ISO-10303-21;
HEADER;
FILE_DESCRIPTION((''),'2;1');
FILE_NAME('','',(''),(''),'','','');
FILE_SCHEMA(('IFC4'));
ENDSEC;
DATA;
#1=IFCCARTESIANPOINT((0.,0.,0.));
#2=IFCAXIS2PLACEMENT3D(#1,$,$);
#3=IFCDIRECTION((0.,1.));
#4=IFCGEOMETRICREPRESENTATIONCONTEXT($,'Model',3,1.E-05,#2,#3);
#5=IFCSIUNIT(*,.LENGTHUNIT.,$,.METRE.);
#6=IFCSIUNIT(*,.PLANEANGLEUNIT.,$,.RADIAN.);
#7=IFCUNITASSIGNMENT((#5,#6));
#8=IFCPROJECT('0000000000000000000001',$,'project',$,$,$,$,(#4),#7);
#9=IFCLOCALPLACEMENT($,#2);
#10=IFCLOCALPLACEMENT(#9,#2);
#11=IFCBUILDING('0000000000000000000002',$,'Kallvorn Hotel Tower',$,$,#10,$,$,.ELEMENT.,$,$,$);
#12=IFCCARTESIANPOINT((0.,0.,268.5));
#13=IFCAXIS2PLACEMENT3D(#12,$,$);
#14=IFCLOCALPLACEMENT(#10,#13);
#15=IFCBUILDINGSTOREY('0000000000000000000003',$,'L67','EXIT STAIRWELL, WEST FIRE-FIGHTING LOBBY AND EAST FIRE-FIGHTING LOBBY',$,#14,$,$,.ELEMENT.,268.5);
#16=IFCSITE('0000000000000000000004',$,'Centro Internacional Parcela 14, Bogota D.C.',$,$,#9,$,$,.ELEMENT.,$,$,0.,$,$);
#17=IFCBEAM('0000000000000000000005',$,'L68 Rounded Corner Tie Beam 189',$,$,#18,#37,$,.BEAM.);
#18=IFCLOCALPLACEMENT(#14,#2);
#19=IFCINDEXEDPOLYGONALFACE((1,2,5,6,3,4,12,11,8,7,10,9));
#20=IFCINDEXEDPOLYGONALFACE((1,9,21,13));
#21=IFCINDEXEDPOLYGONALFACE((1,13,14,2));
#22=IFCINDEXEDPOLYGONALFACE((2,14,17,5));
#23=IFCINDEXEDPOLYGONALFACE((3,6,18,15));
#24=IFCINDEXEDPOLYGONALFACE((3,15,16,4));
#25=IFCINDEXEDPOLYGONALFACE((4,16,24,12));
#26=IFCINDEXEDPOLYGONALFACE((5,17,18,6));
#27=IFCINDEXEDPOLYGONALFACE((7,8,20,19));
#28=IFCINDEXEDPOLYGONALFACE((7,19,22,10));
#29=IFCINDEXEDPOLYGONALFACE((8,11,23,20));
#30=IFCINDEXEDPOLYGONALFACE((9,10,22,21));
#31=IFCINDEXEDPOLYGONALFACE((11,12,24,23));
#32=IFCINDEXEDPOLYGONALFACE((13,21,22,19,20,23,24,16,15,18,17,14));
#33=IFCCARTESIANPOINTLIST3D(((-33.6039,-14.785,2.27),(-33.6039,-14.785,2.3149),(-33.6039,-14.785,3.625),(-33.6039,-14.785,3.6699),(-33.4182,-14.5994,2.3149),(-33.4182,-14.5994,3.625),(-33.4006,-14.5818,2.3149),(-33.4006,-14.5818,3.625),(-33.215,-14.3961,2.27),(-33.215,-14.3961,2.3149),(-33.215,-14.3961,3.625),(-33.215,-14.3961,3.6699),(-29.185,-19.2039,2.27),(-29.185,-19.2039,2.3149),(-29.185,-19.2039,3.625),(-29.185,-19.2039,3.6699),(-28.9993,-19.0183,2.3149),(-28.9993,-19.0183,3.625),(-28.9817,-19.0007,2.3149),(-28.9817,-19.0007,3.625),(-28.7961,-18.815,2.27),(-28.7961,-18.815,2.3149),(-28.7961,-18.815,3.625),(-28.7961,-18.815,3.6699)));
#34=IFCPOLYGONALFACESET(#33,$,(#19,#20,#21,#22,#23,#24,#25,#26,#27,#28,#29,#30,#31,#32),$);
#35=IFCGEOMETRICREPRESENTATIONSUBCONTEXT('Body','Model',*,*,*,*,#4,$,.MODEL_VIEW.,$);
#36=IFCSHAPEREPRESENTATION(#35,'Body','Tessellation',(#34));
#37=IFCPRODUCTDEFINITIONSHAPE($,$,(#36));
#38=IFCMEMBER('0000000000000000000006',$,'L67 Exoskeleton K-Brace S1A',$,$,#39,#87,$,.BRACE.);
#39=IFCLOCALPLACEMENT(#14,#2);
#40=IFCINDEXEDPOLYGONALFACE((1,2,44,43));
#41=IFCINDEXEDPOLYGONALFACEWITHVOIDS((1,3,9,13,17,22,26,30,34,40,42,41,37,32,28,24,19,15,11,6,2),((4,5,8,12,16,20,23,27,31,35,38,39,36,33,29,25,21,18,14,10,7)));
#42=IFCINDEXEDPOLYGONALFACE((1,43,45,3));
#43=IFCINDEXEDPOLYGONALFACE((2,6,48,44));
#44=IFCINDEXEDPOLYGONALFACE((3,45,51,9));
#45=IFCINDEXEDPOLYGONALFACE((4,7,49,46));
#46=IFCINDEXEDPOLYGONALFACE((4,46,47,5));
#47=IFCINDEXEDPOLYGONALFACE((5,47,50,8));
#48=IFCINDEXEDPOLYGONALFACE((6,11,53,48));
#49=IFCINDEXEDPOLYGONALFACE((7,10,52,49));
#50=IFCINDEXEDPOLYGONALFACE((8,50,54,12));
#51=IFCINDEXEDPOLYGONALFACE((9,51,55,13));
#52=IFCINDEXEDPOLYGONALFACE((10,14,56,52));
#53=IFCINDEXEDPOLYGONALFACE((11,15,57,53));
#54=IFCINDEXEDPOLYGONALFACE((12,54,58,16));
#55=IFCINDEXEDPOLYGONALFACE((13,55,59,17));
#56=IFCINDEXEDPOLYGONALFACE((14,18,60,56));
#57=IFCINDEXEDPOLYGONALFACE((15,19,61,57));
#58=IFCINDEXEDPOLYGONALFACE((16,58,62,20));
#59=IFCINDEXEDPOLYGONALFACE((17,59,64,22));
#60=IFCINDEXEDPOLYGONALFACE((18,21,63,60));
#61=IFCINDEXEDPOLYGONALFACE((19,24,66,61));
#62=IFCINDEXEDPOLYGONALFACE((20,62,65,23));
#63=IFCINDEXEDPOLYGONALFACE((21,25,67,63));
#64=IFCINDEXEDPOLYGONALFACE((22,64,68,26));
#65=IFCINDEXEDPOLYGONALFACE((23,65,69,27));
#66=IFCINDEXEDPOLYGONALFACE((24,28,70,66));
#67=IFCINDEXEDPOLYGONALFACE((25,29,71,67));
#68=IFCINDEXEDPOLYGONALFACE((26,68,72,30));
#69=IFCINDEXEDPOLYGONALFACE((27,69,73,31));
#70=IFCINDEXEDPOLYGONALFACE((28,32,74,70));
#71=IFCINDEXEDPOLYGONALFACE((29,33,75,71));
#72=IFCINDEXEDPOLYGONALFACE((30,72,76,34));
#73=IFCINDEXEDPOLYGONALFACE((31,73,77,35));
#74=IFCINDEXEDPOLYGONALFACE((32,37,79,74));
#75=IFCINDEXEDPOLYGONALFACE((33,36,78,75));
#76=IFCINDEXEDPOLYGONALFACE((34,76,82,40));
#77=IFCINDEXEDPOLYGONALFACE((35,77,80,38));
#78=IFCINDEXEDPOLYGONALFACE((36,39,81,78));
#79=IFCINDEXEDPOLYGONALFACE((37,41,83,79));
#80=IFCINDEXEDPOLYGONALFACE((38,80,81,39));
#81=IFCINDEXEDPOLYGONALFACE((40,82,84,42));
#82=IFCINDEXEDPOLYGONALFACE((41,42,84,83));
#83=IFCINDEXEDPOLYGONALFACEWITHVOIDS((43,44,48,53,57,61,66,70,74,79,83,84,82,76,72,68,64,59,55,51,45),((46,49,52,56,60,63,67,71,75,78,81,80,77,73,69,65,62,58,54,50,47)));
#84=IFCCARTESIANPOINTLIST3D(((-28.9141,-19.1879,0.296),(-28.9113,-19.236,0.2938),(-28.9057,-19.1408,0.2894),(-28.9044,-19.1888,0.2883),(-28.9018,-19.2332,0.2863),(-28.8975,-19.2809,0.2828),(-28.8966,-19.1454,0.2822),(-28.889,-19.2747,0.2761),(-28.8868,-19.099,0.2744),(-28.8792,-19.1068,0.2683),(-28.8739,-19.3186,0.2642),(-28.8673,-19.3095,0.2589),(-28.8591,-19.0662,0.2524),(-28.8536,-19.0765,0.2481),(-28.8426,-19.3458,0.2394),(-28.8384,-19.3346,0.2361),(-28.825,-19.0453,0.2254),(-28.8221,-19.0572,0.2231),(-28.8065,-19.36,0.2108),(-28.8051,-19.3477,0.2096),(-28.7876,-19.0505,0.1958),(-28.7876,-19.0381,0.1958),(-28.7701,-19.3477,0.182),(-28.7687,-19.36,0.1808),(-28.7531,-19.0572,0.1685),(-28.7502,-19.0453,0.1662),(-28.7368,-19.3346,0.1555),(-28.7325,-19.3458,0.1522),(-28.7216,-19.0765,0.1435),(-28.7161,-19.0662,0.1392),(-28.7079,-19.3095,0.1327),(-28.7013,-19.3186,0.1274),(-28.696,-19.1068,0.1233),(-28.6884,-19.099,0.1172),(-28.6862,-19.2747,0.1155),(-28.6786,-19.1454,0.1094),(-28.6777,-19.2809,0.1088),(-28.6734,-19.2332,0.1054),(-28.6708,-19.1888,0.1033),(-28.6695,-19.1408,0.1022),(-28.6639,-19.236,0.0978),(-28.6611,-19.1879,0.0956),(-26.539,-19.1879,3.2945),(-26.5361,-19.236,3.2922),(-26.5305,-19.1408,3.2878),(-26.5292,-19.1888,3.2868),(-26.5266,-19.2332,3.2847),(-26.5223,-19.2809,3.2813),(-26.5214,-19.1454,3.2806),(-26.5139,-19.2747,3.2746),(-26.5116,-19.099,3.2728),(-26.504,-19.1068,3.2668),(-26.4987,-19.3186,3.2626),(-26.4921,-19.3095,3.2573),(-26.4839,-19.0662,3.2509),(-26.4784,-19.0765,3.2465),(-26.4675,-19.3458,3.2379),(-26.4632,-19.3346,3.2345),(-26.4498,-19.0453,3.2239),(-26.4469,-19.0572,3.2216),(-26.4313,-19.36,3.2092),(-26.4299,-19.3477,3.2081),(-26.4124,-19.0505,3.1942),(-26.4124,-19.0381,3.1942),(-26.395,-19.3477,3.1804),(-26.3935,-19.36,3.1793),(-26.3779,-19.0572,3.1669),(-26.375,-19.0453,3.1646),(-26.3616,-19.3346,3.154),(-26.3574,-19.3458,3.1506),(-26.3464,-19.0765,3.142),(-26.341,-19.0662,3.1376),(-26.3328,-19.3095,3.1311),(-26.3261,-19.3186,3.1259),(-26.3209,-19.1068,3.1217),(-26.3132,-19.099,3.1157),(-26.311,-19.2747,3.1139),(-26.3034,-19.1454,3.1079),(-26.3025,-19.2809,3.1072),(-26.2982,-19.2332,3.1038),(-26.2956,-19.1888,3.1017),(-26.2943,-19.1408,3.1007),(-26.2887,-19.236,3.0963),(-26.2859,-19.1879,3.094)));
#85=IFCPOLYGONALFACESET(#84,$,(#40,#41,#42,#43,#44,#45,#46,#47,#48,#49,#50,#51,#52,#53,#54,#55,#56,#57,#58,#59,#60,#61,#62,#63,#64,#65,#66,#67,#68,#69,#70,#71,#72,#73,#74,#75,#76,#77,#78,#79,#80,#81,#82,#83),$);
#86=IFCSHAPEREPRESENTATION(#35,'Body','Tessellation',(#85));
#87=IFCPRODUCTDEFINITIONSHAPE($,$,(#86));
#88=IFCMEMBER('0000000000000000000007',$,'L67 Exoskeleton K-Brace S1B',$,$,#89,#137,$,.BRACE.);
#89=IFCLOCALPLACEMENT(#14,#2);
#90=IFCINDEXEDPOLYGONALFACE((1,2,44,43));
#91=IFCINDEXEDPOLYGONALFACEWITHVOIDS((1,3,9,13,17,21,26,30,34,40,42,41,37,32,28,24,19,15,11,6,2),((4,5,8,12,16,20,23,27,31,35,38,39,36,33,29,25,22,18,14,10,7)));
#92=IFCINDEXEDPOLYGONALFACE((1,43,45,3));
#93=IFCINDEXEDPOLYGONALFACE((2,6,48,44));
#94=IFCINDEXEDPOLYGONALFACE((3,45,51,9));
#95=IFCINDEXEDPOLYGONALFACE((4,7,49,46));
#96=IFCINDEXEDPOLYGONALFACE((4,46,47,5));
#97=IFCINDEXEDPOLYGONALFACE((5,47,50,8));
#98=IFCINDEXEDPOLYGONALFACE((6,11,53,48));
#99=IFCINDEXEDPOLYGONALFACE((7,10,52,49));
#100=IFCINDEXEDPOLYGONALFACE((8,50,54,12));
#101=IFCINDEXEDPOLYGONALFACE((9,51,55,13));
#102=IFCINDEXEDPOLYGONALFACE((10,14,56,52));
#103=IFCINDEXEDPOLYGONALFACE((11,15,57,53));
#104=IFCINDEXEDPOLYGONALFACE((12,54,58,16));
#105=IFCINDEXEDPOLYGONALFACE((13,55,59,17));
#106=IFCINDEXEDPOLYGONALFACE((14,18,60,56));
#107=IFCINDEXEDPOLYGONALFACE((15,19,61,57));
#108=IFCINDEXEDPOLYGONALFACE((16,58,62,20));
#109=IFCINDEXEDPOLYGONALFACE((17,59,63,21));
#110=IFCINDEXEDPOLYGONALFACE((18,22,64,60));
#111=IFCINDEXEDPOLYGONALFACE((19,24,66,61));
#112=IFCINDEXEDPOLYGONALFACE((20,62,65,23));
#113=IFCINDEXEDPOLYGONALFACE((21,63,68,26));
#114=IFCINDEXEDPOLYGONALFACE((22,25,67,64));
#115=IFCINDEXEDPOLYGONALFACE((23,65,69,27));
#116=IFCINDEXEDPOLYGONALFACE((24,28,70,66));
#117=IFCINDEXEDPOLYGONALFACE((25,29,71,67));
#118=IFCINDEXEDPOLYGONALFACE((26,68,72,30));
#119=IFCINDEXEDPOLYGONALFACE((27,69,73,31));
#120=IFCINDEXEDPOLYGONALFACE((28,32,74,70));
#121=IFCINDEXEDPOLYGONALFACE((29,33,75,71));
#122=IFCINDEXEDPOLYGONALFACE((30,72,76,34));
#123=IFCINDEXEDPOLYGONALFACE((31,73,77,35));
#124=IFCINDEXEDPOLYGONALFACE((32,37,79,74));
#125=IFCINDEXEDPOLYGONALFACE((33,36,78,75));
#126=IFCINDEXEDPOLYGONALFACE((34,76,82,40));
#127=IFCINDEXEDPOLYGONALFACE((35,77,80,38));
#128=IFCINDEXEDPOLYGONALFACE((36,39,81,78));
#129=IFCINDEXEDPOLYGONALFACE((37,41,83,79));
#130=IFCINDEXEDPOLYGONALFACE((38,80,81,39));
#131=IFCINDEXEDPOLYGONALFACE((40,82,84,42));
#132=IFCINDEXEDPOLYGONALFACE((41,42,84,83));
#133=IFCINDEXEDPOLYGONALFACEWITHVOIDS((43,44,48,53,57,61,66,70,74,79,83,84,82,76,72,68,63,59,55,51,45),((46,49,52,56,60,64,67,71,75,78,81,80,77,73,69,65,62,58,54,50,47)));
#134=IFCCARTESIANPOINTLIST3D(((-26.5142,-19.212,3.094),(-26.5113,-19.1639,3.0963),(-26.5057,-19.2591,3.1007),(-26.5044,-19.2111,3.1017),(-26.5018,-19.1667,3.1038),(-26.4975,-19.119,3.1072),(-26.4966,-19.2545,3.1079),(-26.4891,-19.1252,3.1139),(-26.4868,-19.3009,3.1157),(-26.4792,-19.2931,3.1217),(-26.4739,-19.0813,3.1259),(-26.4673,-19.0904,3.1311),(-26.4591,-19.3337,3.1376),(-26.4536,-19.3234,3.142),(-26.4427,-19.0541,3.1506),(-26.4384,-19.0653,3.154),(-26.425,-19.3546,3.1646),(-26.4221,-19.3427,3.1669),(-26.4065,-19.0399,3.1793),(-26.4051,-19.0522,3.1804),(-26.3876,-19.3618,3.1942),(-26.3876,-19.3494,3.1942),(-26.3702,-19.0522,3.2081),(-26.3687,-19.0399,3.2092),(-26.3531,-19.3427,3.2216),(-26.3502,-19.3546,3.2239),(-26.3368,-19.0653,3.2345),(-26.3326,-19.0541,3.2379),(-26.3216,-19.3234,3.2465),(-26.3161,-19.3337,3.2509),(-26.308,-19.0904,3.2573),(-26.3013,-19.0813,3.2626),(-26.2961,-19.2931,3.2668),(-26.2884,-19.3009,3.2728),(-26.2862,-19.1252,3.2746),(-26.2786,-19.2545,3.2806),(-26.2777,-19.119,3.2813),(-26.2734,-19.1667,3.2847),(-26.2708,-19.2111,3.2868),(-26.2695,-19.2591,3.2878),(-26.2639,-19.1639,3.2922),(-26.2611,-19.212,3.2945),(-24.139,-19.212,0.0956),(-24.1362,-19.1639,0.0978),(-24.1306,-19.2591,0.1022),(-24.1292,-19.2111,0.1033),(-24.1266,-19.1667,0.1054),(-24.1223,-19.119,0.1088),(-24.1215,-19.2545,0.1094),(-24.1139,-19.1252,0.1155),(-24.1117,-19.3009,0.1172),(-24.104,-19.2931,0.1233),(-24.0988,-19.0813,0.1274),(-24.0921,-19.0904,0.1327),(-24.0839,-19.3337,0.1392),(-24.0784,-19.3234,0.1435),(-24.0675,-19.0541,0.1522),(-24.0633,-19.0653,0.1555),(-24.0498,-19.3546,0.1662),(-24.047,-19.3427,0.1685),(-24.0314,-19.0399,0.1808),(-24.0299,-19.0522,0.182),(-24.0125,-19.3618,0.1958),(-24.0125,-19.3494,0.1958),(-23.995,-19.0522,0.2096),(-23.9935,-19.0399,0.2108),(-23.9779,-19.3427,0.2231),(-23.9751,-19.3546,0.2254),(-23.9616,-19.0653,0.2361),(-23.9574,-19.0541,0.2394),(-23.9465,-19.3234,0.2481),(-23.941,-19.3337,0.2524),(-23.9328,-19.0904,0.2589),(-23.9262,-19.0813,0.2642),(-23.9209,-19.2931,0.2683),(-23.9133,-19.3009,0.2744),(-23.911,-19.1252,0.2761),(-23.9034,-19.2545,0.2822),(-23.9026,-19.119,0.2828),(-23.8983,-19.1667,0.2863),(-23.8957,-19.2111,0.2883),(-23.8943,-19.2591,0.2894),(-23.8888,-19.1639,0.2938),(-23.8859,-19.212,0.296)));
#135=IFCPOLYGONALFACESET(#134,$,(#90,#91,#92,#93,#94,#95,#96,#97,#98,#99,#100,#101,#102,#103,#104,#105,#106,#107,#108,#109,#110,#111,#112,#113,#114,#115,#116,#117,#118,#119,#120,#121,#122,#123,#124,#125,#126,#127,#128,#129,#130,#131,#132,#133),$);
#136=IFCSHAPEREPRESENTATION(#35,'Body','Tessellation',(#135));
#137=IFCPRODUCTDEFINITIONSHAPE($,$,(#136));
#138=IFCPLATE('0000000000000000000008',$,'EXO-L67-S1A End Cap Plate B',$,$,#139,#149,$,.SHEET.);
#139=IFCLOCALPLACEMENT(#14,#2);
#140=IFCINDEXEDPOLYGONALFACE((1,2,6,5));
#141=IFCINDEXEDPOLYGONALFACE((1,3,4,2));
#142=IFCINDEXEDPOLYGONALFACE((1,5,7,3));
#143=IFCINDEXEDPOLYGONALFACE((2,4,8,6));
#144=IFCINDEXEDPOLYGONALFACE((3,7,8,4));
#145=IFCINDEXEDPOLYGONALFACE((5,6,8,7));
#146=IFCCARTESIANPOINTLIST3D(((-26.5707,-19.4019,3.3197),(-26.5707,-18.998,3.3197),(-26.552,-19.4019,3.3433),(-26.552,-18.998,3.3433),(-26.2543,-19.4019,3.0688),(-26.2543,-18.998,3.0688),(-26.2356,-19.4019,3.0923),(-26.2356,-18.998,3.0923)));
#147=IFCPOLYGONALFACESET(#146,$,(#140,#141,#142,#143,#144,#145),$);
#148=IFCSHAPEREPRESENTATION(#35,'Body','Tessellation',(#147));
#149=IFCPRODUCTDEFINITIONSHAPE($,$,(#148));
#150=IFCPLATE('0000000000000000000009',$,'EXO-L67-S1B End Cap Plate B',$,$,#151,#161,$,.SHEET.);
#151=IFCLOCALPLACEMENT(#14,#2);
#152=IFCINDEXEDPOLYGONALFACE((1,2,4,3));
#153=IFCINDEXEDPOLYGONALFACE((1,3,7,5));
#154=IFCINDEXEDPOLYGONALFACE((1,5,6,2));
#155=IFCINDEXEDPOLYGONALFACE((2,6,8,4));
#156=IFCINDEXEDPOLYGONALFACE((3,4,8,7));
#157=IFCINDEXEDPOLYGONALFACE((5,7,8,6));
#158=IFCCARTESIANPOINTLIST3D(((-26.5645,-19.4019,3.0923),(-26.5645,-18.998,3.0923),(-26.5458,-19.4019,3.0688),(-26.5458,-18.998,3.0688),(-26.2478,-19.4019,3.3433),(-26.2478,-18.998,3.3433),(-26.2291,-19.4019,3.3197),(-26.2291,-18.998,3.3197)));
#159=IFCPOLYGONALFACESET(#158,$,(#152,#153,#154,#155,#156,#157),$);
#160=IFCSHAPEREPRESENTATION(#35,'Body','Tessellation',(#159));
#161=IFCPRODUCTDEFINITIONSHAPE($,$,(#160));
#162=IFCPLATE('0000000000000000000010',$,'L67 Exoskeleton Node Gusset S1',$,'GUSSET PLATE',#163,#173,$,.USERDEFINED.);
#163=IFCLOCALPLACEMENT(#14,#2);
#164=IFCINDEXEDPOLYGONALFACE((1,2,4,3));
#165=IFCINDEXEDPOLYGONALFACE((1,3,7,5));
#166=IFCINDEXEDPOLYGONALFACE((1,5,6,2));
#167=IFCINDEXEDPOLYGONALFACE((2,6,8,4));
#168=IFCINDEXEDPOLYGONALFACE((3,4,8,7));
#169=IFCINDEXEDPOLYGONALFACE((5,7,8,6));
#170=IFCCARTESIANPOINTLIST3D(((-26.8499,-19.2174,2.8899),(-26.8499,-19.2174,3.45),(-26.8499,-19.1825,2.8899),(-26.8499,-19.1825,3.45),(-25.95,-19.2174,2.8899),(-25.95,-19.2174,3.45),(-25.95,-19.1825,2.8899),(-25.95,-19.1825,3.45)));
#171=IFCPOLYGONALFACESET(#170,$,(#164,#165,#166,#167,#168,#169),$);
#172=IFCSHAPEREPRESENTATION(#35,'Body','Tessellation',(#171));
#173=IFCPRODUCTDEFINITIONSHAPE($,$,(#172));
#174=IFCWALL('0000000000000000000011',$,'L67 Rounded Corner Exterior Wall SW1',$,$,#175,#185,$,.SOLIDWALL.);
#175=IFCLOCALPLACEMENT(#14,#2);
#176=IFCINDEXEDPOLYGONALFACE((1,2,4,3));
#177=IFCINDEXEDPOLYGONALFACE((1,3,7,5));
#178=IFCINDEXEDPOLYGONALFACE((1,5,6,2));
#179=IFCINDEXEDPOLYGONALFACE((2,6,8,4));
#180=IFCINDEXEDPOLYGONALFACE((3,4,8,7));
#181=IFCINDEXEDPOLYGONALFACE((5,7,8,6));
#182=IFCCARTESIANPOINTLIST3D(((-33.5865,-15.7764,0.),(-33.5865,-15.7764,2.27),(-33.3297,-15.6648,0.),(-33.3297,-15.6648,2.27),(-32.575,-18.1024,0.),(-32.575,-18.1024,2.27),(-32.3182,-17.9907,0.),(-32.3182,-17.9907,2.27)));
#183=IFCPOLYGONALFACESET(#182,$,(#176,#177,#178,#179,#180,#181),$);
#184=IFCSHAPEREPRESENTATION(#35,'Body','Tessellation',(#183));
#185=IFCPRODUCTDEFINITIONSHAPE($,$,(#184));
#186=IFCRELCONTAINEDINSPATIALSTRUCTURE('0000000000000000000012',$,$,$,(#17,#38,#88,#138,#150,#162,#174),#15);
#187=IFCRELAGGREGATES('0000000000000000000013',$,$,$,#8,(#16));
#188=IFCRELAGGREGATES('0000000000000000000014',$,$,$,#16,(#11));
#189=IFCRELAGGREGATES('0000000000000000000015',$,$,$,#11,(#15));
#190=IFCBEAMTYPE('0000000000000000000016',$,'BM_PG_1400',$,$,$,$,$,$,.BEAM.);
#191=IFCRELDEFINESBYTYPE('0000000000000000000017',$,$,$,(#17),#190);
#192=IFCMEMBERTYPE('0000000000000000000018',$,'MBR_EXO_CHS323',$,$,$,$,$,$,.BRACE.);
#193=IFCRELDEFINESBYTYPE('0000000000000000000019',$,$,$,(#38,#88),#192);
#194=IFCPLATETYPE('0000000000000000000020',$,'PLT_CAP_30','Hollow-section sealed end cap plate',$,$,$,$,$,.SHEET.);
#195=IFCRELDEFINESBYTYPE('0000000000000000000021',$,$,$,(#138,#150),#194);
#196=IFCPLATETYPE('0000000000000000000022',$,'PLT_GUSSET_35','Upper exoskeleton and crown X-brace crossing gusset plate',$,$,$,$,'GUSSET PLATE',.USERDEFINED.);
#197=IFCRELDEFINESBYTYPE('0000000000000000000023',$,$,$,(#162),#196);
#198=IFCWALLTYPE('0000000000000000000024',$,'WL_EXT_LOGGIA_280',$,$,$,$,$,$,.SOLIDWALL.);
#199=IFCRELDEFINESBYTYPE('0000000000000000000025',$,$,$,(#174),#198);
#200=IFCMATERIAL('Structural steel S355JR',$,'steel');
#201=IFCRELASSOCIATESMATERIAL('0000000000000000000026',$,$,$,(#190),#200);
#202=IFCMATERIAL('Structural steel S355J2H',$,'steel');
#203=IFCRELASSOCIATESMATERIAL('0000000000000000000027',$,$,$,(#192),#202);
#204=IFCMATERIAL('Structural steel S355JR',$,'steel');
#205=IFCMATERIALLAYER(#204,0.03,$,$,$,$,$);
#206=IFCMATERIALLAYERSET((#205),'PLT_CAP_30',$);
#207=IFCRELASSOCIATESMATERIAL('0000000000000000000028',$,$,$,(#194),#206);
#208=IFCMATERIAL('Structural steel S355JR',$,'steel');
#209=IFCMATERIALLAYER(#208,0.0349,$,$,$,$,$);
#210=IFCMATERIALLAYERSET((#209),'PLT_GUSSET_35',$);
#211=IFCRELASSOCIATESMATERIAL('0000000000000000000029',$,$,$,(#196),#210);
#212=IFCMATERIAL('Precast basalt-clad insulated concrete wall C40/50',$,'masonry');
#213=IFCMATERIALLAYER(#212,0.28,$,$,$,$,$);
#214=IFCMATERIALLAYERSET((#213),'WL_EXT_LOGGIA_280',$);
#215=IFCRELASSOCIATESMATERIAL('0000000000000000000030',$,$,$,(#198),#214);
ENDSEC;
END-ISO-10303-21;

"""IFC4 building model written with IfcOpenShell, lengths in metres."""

from ifc_helpers import new_model, si_unit, direction, frame, frame_2d, origin, origin_2d, place, context, subcontext, project, spatial, polyline, rectangle, hollow_circle, i_section, outline, extrude, material, layer, layer_set, material_profile, profile_set, type_object, element, save


model = new_model("IFC4")

# Units and contexts
model_context = context("Model", 3, precision=1e-05, world=origin(), true_north=direction((0.0, 1.0)))
body_context = subcontext(model_context, "Body", "Model", "MODEL_VIEW")
ifc_project = project(units=[si_unit("LENGTHUNIT", "METRE"), si_unit("PLANEANGLEUNIT", "RADIAN")], contexts=[model_context])

# Site, building, storey
site_placement = place(None, origin())
site = spatial("IfcSite", under=ifc_project, at=site_placement, Name="Centro Internacional Parcela 14, Bogota D.C.", CompositionType="ELEMENT", RefElevation=0.0)
building_placement = place(site_placement, origin())
building = spatial("IfcBuilding", under=site, at=building_placement, Name="Kallvorn Hotel Tower", CompositionType="ELEMENT")
storey_placement = place(building_placement, frame((0.0, 0.0, 268.5)))
storey = spatial("IfcBuildingStorey", under=building, at=storey_placement, Name="L67", Description="EXIT STAIRWELL, WEST FIRE-FIGHTING LOBBY AND EAST FIRE-FIGHTING LOBBY", CompositionType="ELEMENT", Elevation=268.5)

# Beam
ifc_material_1 = material(Name="Structural steel S355JR", Category="steel")
ifc_material_profile_1 = material_profile(ifc_material_1, i_section(OverallWidth=0.55, OverallDepth=1.3999, WebThickness=0.0249, FlangeThickness=0.0449, at=origin_2d()), Name="PG 1400x550x25x45")
ifc_profile_set_1 = profile_set([ifc_material_profile_1], Name="Structural steel S355JR")
beam_type_1 = type_object("IfcBeamType", Name="BM_PG_1400", PredefinedType="BEAM", material=ifc_profile_set_1)
beam_1_placement = place(storey_placement, frame((-33.4094, -14.5906, 2.97), z_axis=(0.707107, -0.707107, 0.0), x_axis=(0.707107, 0.707107, 0.0)))
element("IfcBeam", 1, at=beam_1_placement, inside=storey, type_object=beam_type_1, Name="L68 Rounded Corner Tie Beam 189", PredefinedType="BEAM", context=body_context, shape_type="SweptSolid", body=[
    extrude(i_section(OverallWidth=0.55, OverallDepth=1.3999, WebThickness=0.0249, FlangeThickness=0.0449, at=origin_2d()), origin(), (0.0, 0.0, 1.0), 6.2493),
])

# Members
ifc_material_2 = material(Name="Structural steel S355J2H", Category="steel")
ifc_material_profile_2 = material_profile(ifc_material_2, hollow_circle(Radius=0.1619, WallThickness=0.0125, at=origin_2d()), Name="CHS 323.9x12.5")
ifc_profile_set_2 = profile_set([ifc_material_profile_2], Name="Structural steel S355J2H")
member_type = type_object("IfcMemberType", Name="MBR_EXO_CHS323", PredefinedType="BRACE", material=ifc_profile_set_2)
for number, where, z_axis, x_axis, name in (
    (2, (-28.7876, -19.2, 0.1958), (0.620929, 0.0, 0.783867), (0.0, 1.0, 0.0), "L67 Exoskeleton K-Brace S1A"),
    (3, (-24.0125, -19.2, 0.1958), (-0.620929, 0.0, 0.783867), (0.0, -1.0, 0.0), "L67 Exoskeleton K-Brace S1B"),
):
    element("IfcMember", number, at=place(storey_placement, frame(where, z_axis=z_axis, x_axis=x_axis)), inside=storey, type_object=member_type, Name=name, PredefinedType="BRACE", context=body_context, shape_type="SweptSolid", body=[
        extrude(hollow_circle(Radius=0.1619, WallThickness=0.0125, at=origin_2d()), origin(), (0.0, 0.0, 1.0), 3.8252),
    ])

# Plates
ifc_material_3 = material(Name="Structural steel S355JR", Category="steel")
ifc_layer_1 = layer(ifc_material_3, 0.03)
ifc_layer_set_1 = layer_set([ifc_layer_1], Name="PLT_CAP_30")
plate_type_1 = type_object("IfcPlateType", Name="PLT_CAP_30", Description="Hollow-section sealed end cap plate", PredefinedType="SHEET", material=ifc_layer_set_1)
plate_1_placement = place(storey_placement, frame((-26.2356, -19.4019, 3.0923), z_axis=(0.621446, 0.0, 0.783457), x_axis=(0.0, 1.0, 0.0)))
element("IfcPlate", 4, at=plate_1_placement, inside=storey, type_object=plate_type_1, Name="EXO-L67-S1A End Cap Plate B", PredefinedType="SHEET", context=body_context, shape_type="SweptSolid", body=[
    extrude(outline(polyline([(0.0, 0.0), (0.4038, 0.0), (0.4038, 0.4039), (0.0, 0.4039), (0.0, 0.0)])), origin(), (0.0, 0.0, -1.0), 0.03),
])
plate_2_placement = place(storey_placement, frame((-26.5645, -18.998, 3.0923), z_axis=(-0.621152, 0.0, 0.78369), x_axis=(0.0, -1.0, 0.0)))
element("IfcPlate", 5, at=plate_2_placement, inside=storey, type_object=plate_type_1, Name="EXO-L67-S1B End Cap Plate B", PredefinedType="SHEET", context=body_context, shape_type="SweptSolid", body=[
    extrude(outline(polyline([(0.0, 0.0), (0.4038, 0.0), (0.4038, 0.4041), (0.0, 0.4041), (0.0, 0.0)])), origin(), (0.0, 0.0, -1.0), 0.03),
])
ifc_material_4 = material(Name="Structural steel S355JR", Category="steel")
ifc_layer_2 = layer(ifc_material_4, 0.0349)
ifc_layer_set_2 = layer_set([ifc_layer_2], Name="PLT_GUSSET_35")
plate_type_2 = type_object("IfcPlateType", Name="PLT_GUSSET_35", Description="Upper exoskeleton and crown X-brace crossing gusset plate", ElementType="GUSSET PLATE", PredefinedType="USERDEFINED", material=ifc_layer_set_2)
plate_3_placement = place(storey_placement, frame((-26.3999, -19.2, 2.8899), z_axis=(0.0, 0.0, 1.0), x_axis=(1.0, 0.0, 0.0)))
element("IfcPlate", 6, at=plate_3_placement, inside=storey, type_object=plate_type_2, Name="L67 Exoskeleton Node Gusset S1", ObjectType="GUSSET PLATE", PredefinedType="USERDEFINED", context=body_context, shape_type="SweptSolid", body=[
    extrude(rectangle(XDim=0.8999, YDim=0.0349, at=origin_2d()), origin(), (0.0, 0.0, 1.0), 0.5601),
])

# Wall
ifc_material_5 = material(Name="Precast basalt-clad insulated concrete wall C40/50", Category="masonry")
ifc_layer_3 = layer(ifc_material_5, 0.28)
ifc_layer_set_3 = layer_set([ifc_layer_3], Name="WL_EXT_LOGGIA_280")
wall_type_1 = type_object("IfcWallType", Name="WL_EXT_LOGGIA_280", PredefinedType="SOLIDWALL", material=ifc_layer_set_3)
wall_1_placement = place(storey_placement, frame((-33.458, -15.7207, 0.0), z_axis=(0.0, 0.0, 1.0), x_axis=(0.398793, -0.917041, 0.0)))
element("IfcWall", 7, at=wall_1_placement, inside=storey, type_object=wall_type_1, Name="L67 Rounded Corner Exterior Wall SW1", PredefinedType="SOLIDWALL", context=body_context, shape_type="SweptSolid", body=[
    extrude(rectangle(XDim=2.5364, YDim=0.28, at=frame_2d((1.2681, 0.0))), origin(), (0.0, 0.0, 1.0), 2.27),
])

save(model, "model.ifc")
